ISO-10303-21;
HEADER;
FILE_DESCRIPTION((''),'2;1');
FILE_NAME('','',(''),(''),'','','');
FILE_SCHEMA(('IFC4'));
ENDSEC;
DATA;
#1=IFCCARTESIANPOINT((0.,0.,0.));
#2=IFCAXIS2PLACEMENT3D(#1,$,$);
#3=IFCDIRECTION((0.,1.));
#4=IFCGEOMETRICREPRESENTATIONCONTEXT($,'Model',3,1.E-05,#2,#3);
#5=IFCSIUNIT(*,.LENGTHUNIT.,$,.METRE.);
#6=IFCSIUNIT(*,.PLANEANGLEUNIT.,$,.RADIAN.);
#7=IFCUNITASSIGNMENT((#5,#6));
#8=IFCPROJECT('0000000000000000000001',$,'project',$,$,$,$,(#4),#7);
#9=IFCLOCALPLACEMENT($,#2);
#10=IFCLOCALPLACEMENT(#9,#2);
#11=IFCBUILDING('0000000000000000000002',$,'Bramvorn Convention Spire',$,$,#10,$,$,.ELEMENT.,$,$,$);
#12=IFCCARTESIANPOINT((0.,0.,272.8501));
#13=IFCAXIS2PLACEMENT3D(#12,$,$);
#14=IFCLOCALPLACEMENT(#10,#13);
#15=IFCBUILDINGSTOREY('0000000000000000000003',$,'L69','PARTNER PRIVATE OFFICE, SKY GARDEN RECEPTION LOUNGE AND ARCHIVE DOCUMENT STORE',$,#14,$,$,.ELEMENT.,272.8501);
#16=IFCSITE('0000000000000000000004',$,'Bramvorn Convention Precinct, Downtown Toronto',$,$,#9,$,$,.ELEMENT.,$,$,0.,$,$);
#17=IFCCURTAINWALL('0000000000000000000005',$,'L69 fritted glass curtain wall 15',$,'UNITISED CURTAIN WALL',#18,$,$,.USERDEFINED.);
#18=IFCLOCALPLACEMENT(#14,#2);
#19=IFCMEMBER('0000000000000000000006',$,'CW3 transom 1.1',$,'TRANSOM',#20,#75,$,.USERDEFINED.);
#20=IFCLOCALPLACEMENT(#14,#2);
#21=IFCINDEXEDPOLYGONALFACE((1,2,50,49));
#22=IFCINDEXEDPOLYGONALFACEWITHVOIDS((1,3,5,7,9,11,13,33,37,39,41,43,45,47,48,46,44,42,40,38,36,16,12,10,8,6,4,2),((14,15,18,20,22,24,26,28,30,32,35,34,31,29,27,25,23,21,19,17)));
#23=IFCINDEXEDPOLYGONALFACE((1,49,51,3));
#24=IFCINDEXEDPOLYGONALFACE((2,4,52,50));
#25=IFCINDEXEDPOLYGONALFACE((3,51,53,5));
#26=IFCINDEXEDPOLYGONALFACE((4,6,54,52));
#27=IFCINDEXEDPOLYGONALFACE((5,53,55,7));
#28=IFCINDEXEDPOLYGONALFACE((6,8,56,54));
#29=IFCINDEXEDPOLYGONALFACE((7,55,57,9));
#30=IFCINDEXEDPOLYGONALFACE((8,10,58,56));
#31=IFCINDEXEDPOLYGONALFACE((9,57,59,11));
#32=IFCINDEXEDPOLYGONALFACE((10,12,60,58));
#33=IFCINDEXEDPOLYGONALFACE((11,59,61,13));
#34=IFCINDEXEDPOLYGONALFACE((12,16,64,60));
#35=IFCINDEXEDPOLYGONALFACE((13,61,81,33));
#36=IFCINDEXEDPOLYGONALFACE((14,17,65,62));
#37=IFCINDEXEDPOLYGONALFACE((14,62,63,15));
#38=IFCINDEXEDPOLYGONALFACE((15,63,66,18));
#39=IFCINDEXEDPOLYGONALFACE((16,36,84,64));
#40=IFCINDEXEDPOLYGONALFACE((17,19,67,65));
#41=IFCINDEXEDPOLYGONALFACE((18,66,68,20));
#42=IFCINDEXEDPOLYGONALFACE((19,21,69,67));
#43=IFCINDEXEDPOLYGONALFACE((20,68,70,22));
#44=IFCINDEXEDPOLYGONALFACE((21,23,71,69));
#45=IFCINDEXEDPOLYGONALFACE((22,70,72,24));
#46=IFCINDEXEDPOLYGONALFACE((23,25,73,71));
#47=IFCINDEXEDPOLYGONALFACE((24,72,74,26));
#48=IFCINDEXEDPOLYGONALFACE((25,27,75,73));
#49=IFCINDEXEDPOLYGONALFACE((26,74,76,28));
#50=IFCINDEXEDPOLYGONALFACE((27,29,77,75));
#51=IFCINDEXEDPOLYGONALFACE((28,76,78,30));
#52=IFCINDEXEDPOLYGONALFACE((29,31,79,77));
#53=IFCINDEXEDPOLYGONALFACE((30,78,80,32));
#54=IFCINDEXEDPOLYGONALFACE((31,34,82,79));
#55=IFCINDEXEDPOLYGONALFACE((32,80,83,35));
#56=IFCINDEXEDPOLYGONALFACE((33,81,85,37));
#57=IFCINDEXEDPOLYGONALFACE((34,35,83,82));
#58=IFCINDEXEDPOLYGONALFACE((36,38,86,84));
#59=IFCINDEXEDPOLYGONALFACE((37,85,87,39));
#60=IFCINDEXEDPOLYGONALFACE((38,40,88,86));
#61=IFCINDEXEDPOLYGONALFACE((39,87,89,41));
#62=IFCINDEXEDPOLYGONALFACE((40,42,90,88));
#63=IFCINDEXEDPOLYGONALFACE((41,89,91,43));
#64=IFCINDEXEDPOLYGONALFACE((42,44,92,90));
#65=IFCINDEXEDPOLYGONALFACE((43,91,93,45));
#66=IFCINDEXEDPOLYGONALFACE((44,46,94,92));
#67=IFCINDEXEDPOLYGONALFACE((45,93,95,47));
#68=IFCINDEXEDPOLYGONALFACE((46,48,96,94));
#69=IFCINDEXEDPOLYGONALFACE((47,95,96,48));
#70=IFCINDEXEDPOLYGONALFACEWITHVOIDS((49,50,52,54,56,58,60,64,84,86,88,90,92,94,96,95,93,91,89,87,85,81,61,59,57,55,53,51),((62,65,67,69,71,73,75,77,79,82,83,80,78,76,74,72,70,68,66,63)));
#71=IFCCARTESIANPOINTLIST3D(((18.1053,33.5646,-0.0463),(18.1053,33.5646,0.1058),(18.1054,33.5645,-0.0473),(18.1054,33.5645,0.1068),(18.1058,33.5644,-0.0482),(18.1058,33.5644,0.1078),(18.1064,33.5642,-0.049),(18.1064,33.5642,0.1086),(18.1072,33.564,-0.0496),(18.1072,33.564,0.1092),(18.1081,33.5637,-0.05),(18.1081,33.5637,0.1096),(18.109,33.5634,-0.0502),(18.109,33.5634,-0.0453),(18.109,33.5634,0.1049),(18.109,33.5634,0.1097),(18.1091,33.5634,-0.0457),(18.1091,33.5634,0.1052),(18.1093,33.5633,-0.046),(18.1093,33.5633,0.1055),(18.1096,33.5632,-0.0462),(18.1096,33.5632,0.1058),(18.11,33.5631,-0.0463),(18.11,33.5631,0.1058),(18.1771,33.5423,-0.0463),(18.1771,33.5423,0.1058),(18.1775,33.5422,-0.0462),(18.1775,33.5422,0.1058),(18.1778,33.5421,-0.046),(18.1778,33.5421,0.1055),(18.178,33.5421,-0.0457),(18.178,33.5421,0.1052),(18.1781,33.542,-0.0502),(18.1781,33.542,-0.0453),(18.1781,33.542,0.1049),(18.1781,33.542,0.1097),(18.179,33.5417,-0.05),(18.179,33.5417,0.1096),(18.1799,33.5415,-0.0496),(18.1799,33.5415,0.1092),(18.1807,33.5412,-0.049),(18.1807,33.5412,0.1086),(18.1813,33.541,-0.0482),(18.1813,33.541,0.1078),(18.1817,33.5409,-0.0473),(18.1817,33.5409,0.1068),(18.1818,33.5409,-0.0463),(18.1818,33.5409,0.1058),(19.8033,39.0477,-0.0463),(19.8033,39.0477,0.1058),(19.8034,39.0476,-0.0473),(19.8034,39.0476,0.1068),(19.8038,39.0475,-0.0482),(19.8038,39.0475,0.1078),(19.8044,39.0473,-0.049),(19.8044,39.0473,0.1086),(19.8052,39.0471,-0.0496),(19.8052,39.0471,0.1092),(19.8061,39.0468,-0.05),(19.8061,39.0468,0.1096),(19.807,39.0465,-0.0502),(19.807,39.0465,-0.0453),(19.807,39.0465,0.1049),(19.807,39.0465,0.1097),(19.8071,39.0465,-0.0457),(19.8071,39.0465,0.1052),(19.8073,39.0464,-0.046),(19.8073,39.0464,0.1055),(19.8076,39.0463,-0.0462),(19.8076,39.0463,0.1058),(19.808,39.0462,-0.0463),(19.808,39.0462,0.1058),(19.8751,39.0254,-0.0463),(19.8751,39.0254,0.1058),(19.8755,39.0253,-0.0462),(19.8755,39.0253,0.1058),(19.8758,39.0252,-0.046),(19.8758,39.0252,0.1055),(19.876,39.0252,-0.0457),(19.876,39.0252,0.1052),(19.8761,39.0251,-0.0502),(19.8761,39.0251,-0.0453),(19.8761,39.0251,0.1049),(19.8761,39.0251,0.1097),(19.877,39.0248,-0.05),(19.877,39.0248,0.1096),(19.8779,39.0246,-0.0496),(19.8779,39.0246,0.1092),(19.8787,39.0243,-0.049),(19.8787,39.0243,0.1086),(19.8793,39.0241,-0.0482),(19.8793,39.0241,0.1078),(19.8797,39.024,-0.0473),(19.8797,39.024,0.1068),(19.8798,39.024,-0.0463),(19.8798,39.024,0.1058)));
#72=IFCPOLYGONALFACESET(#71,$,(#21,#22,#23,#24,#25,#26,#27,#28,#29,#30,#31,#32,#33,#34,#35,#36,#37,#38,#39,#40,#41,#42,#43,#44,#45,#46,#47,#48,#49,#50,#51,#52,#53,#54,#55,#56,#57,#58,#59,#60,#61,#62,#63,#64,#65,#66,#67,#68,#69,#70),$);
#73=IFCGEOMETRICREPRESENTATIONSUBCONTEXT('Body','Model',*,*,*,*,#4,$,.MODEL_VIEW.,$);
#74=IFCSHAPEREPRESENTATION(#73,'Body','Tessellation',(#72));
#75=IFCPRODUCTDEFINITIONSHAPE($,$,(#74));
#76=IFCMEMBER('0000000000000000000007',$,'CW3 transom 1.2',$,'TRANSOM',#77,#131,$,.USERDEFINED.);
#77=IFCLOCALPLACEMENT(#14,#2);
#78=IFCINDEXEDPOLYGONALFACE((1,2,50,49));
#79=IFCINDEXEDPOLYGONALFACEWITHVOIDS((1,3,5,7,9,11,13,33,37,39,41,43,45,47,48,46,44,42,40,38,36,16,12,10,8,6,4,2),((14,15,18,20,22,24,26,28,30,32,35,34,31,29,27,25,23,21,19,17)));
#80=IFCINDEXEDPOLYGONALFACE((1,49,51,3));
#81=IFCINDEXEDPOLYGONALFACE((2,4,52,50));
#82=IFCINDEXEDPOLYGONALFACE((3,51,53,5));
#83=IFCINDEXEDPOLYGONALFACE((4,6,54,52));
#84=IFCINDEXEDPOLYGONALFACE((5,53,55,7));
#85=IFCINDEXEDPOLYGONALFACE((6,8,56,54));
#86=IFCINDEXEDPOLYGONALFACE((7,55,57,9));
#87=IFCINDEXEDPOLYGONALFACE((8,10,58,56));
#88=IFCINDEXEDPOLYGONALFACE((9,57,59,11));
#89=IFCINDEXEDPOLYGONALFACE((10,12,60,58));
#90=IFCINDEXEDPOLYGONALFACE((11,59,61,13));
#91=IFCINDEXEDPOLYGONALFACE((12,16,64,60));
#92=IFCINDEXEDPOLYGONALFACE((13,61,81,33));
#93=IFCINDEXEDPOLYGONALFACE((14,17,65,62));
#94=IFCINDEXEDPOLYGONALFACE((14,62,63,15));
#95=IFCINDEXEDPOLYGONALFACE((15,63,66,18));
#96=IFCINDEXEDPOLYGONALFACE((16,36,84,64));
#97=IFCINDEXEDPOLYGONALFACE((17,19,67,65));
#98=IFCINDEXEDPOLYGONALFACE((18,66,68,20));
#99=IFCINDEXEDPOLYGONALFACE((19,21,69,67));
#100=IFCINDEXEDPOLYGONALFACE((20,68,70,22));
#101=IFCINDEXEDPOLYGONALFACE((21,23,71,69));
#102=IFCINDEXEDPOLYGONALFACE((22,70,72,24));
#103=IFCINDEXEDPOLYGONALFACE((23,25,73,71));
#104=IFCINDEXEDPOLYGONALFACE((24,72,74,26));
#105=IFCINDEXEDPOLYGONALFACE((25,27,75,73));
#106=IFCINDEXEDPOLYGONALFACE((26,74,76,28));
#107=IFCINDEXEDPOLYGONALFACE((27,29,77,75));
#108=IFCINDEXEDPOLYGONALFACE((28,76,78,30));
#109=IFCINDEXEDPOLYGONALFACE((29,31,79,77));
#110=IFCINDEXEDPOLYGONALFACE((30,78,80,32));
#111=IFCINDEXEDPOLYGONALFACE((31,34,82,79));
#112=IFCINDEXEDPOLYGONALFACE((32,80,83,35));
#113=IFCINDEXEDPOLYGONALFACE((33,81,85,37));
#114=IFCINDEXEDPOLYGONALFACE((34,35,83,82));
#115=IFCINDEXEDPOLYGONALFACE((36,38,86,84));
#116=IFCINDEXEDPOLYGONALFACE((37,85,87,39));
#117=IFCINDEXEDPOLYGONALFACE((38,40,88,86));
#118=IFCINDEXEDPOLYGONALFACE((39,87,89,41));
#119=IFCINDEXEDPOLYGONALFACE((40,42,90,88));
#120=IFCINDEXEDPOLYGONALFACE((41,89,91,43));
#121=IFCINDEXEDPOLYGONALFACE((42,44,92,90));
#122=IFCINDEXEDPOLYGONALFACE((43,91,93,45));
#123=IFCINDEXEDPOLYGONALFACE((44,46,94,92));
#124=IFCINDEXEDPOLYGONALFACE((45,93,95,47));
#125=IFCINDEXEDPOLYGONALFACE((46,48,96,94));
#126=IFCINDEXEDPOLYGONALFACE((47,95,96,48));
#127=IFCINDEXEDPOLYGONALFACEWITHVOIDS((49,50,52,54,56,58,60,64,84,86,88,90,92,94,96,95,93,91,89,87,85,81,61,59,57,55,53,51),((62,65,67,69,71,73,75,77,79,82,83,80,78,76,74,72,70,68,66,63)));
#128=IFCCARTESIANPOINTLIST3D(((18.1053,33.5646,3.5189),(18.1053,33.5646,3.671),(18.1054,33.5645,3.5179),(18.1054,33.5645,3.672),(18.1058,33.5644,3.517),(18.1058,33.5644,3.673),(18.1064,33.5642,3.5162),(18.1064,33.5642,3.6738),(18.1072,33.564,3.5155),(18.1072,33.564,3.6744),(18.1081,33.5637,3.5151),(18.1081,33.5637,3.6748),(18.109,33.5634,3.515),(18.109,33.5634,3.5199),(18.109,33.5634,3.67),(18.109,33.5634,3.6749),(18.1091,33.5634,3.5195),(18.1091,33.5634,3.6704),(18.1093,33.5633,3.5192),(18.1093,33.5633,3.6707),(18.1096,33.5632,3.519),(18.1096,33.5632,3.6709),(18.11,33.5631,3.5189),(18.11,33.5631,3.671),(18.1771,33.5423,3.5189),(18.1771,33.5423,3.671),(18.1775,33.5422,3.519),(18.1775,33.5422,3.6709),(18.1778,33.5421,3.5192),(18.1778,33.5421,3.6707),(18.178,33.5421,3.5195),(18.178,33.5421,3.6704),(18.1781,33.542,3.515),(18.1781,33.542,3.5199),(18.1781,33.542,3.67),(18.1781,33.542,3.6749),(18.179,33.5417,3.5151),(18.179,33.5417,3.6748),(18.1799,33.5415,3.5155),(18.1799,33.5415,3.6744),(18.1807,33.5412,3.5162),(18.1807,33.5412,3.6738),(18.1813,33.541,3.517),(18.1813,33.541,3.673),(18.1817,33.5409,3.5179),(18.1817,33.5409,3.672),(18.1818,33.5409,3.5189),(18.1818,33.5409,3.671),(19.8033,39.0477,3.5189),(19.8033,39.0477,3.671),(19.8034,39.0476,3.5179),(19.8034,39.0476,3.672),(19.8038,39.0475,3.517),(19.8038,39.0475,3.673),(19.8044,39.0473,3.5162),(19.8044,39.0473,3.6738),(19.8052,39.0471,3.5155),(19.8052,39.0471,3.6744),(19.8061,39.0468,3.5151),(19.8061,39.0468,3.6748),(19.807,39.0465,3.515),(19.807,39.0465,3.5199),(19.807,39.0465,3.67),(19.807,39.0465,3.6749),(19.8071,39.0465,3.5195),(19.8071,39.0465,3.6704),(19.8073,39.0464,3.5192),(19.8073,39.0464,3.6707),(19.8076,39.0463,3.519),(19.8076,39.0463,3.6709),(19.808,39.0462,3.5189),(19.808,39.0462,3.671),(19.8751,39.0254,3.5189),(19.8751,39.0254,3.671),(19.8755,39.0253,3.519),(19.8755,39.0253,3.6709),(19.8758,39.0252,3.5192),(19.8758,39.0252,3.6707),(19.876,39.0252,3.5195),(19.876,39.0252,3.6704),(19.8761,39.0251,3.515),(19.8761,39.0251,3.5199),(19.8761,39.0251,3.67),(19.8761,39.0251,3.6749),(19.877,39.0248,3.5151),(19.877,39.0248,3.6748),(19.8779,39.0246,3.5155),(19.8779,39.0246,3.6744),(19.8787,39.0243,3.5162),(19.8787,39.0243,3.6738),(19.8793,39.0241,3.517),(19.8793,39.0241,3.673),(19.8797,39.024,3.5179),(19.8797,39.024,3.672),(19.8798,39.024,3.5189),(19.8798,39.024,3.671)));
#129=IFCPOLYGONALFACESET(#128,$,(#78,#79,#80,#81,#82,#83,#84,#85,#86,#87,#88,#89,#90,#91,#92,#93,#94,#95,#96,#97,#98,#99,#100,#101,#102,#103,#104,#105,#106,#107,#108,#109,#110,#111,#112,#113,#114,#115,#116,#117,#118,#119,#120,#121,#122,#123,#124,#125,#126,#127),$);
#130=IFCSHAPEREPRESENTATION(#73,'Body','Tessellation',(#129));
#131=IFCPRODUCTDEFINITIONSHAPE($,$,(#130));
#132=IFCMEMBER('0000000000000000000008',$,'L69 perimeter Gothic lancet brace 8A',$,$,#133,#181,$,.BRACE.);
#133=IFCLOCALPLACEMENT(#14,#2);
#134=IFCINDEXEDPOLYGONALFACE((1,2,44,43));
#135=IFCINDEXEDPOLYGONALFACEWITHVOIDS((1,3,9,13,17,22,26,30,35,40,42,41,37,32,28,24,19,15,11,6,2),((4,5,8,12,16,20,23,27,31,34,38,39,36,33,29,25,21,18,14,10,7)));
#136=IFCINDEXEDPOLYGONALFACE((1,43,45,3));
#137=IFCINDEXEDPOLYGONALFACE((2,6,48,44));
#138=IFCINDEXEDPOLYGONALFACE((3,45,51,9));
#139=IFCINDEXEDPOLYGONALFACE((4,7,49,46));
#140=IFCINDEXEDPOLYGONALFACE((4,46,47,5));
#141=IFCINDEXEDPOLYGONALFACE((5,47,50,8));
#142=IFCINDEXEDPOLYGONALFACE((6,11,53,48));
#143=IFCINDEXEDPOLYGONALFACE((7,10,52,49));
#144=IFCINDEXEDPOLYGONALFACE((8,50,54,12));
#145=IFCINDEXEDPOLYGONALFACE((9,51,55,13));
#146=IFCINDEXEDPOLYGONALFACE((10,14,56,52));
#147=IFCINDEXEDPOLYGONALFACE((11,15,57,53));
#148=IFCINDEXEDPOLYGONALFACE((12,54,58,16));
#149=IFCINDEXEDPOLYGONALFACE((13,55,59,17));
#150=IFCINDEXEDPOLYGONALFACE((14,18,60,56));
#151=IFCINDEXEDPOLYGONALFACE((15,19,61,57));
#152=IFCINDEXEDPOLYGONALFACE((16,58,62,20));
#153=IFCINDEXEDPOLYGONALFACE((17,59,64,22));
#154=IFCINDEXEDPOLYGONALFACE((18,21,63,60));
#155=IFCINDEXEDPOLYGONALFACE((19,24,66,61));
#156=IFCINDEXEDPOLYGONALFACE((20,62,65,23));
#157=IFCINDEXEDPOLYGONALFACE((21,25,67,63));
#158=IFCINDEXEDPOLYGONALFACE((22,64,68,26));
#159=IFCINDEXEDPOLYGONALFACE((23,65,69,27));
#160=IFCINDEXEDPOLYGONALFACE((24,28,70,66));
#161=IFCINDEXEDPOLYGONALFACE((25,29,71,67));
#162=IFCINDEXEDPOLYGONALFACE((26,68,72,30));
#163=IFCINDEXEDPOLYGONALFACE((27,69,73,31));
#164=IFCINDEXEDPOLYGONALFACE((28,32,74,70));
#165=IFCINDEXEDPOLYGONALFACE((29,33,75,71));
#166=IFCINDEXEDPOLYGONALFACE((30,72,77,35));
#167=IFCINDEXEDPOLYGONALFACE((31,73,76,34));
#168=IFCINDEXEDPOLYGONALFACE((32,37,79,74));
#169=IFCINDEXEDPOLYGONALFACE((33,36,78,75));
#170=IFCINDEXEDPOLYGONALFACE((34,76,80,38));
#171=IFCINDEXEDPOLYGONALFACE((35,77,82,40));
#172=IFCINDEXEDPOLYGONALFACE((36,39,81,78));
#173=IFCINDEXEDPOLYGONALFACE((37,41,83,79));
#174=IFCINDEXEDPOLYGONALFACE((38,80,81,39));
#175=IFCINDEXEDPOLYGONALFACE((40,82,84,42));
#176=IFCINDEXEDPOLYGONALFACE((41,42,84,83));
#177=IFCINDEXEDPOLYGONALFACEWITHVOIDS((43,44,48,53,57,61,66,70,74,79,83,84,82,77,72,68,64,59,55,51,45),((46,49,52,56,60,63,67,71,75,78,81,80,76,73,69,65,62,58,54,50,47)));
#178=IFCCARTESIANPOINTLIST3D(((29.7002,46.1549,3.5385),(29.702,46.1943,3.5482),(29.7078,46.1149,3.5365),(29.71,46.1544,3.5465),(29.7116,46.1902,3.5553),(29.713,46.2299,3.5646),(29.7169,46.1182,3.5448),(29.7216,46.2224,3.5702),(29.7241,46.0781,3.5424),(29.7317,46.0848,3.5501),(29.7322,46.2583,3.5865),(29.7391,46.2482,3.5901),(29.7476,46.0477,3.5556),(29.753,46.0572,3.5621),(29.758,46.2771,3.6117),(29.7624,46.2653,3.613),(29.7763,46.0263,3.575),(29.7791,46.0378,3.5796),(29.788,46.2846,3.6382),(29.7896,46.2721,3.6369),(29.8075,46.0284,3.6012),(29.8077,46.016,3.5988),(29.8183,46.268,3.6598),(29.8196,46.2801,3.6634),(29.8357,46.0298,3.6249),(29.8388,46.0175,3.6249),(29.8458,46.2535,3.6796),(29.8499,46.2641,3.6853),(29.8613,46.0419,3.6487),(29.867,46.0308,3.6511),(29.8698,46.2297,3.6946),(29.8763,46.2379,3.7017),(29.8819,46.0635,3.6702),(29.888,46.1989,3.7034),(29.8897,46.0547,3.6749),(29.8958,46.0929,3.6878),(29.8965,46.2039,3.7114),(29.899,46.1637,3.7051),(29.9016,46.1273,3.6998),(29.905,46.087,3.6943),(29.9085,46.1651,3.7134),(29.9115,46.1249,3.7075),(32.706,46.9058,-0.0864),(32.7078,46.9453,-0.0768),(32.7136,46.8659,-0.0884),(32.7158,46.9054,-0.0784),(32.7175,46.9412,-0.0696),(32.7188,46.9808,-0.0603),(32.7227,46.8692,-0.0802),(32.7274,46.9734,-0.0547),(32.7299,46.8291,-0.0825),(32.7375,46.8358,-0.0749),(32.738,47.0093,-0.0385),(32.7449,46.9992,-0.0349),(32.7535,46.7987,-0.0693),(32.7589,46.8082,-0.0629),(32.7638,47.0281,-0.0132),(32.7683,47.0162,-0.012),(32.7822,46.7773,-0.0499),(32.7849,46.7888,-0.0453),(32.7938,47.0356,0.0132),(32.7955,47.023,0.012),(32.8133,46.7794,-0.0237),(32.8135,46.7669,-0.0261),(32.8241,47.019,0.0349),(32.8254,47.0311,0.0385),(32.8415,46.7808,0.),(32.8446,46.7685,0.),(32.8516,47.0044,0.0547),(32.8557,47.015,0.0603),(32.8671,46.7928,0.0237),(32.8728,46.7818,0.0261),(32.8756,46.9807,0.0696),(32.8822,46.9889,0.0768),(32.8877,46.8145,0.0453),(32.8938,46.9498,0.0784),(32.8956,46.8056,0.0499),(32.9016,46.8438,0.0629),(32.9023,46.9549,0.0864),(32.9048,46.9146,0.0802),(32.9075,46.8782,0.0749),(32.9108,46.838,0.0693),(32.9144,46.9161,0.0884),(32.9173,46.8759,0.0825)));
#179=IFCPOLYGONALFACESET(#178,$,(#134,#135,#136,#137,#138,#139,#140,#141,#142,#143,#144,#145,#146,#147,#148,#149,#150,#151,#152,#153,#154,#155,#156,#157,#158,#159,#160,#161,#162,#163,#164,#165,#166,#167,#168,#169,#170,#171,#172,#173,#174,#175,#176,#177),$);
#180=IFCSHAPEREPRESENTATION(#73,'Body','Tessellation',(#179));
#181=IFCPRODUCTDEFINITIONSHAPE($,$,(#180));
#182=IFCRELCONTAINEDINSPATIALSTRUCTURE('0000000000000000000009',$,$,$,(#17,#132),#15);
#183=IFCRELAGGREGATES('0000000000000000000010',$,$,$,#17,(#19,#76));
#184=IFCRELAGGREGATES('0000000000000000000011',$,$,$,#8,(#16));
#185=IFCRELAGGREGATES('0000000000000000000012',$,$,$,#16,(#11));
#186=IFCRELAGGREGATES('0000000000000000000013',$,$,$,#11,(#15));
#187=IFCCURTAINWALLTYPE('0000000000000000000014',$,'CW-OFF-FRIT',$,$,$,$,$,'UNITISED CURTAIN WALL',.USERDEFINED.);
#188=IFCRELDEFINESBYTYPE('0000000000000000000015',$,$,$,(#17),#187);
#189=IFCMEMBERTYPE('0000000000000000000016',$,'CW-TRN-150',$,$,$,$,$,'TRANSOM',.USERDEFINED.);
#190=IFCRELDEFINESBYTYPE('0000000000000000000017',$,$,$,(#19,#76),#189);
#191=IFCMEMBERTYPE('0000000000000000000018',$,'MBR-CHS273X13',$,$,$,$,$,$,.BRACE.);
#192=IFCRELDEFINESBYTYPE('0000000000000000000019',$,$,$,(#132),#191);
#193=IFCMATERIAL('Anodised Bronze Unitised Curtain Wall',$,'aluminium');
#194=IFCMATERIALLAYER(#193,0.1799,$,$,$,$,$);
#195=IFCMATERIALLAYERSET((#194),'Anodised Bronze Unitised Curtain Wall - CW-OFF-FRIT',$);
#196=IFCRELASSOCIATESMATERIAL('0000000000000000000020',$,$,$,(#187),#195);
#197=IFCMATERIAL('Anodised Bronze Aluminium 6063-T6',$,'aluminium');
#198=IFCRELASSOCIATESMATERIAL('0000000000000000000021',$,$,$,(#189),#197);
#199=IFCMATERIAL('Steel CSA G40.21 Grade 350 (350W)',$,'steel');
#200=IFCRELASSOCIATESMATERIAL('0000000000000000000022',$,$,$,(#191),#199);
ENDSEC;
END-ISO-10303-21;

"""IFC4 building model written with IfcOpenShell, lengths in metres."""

from ifc_helpers import new_model, si_unit, direction, frame, origin, origin_2d, place, context, subcontext, project, spatial, hollow_rectangle, hollow_circle, extrude, material, layer, layer_set, material_profile, profile_set, type_object, element, aggregate, save


model = new_model("IFC4")

# Units and contexts
model_context = context("Model", 3, precision=1e-05, world=origin(), true_north=direction((0.0, 1.0)))
body_context = subcontext(model_context, "Body", "Model", "MODEL_VIEW")
ifc_project = project(units=[si_unit("LENGTHUNIT", "METRE"), si_unit("PLANEANGLEUNIT", "RADIAN")], contexts=[model_context])

# Site, building, storey
site_placement = place(None, origin())
site = spatial("IfcSite", under=ifc_project, at=site_placement, Name="Bramvorn Convention Precinct, Downtown Toronto", CompositionType="ELEMENT", RefElevation=0.0)
building_placement = place(site_placement, origin())
building = spatial("IfcBuilding", under=site, at=building_placement, Name="Bramvorn Convention Spire", CompositionType="ELEMENT")
storey_placement = place(building_placement, frame((0.0, 0.0, 272.8501)))
storey = spatial("IfcBuildingStorey", under=building, at=storey_placement, Name="L69", Description="PARTNER PRIVATE OFFICE, SKY GARDEN RECEPTION LOUNGE AND ARCHIVE DOCUMENT STORE", CompositionType="ELEMENT", Elevation=272.8501)

# Shared definitions
ifc_material_1 = material(Name="Steel CSA G40.21 Grade 350 (350W)", Category="steel")

# Curtain wall
ifc_material_2 = material(Name="Anodised Bronze Unitised Curtain Wall", Category="aluminium")
ifc_layer_1 = layer(ifc_material_2, 0.1799)
ifc_layer_set_1 = layer_set([ifc_layer_1], Name="Anodised Bronze Unitised Curtain Wall - CW-OFF-FRIT")
curtain_wall_type = type_object("IfcCurtainWallType", Name="CW-OFF-FRIT", ElementType="UNITISED CURTAIN WALL", PredefinedType="USERDEFINED", material=ifc_layer_set_1)
ifc_material_3 = material(Name="Anodised Bronze Aluminium 6063-T6", Category="aluminium")
curtain_wall_1_placement = place(storey_placement, origin())
curtain_wall_1 = element("IfcCurtainWall", 1, at=curtain_wall_1_placement, inside=storey, type_object=curtain_wall_type, Name="L69 fritted glass curtain wall 15", ObjectType="UNITISED CURTAIN WALL", PredefinedType="USERDEFINED")

# Members
ifc_material_profile_1 = material_profile(ifc_material_3, hollow_rectangle(XDim=0.0801, YDim=0.1599, WallThickness=0.0039, InnerFilletRadius=0.001, OuterFilletRadius=0.0039, at=origin_2d()))
ifc_profile_set_1 = profile_set([ifc_material_profile_1], Name="Anodised Bronze Aluminium 6063-T6 - CWT80X160")
member_type_1 = type_object("IfcMemberType", Name="CW-TRN-150", ElementType="TRANSOM", PredefinedType="USERDEFINED", material=ifc_profile_set_1)
member_1_placement = place(storey_placement, frame((18.1436, 33.5527, 0.0298), z_axis=(0.295816, 0.955245, 0.0), x_axis=(-0.955245, 0.295816, 0.0)))
member_1 = element("IfcMember", 2, at=member_1_placement, type_object=member_type_1, Name="CW3 transom 1.1", ObjectType="TRANSOM", PredefinedType="USERDEFINED", context=body_context, shape_type="SweptSolid", body=[
    extrude(hollow_rectangle(XDim=0.0801, YDim=0.1599, WallThickness=0.0039, InnerFilletRadius=0.001, OuterFilletRadius=0.0039, at=origin_2d()), origin(), (0.0, 0.0, 1.0), 5.74),
])
member_2_placement = place(storey_placement, frame((18.1436, 33.5527, 3.595), z_axis=(0.295816, 0.955245, 0.0), x_axis=(-0.955245, 0.295816, 0.0)))
member_2 = element("IfcMember", 3, at=member_2_placement, type_object=member_type_1, Name="CW3 transom 1.2", ObjectType="TRANSOM", PredefinedType="USERDEFINED", context=body_context, shape_type="SweptSolid", body=[
    extrude(hollow_rectangle(XDim=0.0801, YDim=0.1599, WallThickness=0.0039, InnerFilletRadius=0.001, OuterFilletRadius=0.0039, at=origin_2d()), origin(), (0.0, 0.0, 1.0), 5.74),
])

# Member
ifc_material_profile_2 = material_profile(ifc_material_1, hollow_circle(Radius=0.1365, WallThickness=0.0127, at=origin_2d()))
ifc_profile_set_2 = profile_set([ifc_material_profile_2], Name="Steel CSA G40.21 Grade 350 (350W) - CHS273X13")
member_type_2 = type_object("IfcMemberType", Name="MBR-CHS273X13", PredefinedType="BRACE", material=ifc_profile_set_2)
for number, where, z_axis, x_axis, name in (
    (4, (32.8115, 46.9009, 0.0), (-0.630341, -0.157483, 0.760177), (0.242387, -0.97018, 0.0), "L69 perimeter Gothic lancet brace 8A"),
):
    element("IfcMember", number, at=place(storey_placement, frame(where, z_axis=z_axis, x_axis=x_axis)), inside=storey, type_object=member_type_2, Name=name, PredefinedType="BRACE", context=body_context, shape_type="SweptSolid", body=[
        extrude(hollow_circle(Radius=0.1365, WallThickness=0.0127, at=origin_2d()), origin(), (0.0, 0.0, 1.0), 4.7686),
    ])

aggregate(curtain_wall_1, [member_1, member_2])

save(model, "model.ifc")
